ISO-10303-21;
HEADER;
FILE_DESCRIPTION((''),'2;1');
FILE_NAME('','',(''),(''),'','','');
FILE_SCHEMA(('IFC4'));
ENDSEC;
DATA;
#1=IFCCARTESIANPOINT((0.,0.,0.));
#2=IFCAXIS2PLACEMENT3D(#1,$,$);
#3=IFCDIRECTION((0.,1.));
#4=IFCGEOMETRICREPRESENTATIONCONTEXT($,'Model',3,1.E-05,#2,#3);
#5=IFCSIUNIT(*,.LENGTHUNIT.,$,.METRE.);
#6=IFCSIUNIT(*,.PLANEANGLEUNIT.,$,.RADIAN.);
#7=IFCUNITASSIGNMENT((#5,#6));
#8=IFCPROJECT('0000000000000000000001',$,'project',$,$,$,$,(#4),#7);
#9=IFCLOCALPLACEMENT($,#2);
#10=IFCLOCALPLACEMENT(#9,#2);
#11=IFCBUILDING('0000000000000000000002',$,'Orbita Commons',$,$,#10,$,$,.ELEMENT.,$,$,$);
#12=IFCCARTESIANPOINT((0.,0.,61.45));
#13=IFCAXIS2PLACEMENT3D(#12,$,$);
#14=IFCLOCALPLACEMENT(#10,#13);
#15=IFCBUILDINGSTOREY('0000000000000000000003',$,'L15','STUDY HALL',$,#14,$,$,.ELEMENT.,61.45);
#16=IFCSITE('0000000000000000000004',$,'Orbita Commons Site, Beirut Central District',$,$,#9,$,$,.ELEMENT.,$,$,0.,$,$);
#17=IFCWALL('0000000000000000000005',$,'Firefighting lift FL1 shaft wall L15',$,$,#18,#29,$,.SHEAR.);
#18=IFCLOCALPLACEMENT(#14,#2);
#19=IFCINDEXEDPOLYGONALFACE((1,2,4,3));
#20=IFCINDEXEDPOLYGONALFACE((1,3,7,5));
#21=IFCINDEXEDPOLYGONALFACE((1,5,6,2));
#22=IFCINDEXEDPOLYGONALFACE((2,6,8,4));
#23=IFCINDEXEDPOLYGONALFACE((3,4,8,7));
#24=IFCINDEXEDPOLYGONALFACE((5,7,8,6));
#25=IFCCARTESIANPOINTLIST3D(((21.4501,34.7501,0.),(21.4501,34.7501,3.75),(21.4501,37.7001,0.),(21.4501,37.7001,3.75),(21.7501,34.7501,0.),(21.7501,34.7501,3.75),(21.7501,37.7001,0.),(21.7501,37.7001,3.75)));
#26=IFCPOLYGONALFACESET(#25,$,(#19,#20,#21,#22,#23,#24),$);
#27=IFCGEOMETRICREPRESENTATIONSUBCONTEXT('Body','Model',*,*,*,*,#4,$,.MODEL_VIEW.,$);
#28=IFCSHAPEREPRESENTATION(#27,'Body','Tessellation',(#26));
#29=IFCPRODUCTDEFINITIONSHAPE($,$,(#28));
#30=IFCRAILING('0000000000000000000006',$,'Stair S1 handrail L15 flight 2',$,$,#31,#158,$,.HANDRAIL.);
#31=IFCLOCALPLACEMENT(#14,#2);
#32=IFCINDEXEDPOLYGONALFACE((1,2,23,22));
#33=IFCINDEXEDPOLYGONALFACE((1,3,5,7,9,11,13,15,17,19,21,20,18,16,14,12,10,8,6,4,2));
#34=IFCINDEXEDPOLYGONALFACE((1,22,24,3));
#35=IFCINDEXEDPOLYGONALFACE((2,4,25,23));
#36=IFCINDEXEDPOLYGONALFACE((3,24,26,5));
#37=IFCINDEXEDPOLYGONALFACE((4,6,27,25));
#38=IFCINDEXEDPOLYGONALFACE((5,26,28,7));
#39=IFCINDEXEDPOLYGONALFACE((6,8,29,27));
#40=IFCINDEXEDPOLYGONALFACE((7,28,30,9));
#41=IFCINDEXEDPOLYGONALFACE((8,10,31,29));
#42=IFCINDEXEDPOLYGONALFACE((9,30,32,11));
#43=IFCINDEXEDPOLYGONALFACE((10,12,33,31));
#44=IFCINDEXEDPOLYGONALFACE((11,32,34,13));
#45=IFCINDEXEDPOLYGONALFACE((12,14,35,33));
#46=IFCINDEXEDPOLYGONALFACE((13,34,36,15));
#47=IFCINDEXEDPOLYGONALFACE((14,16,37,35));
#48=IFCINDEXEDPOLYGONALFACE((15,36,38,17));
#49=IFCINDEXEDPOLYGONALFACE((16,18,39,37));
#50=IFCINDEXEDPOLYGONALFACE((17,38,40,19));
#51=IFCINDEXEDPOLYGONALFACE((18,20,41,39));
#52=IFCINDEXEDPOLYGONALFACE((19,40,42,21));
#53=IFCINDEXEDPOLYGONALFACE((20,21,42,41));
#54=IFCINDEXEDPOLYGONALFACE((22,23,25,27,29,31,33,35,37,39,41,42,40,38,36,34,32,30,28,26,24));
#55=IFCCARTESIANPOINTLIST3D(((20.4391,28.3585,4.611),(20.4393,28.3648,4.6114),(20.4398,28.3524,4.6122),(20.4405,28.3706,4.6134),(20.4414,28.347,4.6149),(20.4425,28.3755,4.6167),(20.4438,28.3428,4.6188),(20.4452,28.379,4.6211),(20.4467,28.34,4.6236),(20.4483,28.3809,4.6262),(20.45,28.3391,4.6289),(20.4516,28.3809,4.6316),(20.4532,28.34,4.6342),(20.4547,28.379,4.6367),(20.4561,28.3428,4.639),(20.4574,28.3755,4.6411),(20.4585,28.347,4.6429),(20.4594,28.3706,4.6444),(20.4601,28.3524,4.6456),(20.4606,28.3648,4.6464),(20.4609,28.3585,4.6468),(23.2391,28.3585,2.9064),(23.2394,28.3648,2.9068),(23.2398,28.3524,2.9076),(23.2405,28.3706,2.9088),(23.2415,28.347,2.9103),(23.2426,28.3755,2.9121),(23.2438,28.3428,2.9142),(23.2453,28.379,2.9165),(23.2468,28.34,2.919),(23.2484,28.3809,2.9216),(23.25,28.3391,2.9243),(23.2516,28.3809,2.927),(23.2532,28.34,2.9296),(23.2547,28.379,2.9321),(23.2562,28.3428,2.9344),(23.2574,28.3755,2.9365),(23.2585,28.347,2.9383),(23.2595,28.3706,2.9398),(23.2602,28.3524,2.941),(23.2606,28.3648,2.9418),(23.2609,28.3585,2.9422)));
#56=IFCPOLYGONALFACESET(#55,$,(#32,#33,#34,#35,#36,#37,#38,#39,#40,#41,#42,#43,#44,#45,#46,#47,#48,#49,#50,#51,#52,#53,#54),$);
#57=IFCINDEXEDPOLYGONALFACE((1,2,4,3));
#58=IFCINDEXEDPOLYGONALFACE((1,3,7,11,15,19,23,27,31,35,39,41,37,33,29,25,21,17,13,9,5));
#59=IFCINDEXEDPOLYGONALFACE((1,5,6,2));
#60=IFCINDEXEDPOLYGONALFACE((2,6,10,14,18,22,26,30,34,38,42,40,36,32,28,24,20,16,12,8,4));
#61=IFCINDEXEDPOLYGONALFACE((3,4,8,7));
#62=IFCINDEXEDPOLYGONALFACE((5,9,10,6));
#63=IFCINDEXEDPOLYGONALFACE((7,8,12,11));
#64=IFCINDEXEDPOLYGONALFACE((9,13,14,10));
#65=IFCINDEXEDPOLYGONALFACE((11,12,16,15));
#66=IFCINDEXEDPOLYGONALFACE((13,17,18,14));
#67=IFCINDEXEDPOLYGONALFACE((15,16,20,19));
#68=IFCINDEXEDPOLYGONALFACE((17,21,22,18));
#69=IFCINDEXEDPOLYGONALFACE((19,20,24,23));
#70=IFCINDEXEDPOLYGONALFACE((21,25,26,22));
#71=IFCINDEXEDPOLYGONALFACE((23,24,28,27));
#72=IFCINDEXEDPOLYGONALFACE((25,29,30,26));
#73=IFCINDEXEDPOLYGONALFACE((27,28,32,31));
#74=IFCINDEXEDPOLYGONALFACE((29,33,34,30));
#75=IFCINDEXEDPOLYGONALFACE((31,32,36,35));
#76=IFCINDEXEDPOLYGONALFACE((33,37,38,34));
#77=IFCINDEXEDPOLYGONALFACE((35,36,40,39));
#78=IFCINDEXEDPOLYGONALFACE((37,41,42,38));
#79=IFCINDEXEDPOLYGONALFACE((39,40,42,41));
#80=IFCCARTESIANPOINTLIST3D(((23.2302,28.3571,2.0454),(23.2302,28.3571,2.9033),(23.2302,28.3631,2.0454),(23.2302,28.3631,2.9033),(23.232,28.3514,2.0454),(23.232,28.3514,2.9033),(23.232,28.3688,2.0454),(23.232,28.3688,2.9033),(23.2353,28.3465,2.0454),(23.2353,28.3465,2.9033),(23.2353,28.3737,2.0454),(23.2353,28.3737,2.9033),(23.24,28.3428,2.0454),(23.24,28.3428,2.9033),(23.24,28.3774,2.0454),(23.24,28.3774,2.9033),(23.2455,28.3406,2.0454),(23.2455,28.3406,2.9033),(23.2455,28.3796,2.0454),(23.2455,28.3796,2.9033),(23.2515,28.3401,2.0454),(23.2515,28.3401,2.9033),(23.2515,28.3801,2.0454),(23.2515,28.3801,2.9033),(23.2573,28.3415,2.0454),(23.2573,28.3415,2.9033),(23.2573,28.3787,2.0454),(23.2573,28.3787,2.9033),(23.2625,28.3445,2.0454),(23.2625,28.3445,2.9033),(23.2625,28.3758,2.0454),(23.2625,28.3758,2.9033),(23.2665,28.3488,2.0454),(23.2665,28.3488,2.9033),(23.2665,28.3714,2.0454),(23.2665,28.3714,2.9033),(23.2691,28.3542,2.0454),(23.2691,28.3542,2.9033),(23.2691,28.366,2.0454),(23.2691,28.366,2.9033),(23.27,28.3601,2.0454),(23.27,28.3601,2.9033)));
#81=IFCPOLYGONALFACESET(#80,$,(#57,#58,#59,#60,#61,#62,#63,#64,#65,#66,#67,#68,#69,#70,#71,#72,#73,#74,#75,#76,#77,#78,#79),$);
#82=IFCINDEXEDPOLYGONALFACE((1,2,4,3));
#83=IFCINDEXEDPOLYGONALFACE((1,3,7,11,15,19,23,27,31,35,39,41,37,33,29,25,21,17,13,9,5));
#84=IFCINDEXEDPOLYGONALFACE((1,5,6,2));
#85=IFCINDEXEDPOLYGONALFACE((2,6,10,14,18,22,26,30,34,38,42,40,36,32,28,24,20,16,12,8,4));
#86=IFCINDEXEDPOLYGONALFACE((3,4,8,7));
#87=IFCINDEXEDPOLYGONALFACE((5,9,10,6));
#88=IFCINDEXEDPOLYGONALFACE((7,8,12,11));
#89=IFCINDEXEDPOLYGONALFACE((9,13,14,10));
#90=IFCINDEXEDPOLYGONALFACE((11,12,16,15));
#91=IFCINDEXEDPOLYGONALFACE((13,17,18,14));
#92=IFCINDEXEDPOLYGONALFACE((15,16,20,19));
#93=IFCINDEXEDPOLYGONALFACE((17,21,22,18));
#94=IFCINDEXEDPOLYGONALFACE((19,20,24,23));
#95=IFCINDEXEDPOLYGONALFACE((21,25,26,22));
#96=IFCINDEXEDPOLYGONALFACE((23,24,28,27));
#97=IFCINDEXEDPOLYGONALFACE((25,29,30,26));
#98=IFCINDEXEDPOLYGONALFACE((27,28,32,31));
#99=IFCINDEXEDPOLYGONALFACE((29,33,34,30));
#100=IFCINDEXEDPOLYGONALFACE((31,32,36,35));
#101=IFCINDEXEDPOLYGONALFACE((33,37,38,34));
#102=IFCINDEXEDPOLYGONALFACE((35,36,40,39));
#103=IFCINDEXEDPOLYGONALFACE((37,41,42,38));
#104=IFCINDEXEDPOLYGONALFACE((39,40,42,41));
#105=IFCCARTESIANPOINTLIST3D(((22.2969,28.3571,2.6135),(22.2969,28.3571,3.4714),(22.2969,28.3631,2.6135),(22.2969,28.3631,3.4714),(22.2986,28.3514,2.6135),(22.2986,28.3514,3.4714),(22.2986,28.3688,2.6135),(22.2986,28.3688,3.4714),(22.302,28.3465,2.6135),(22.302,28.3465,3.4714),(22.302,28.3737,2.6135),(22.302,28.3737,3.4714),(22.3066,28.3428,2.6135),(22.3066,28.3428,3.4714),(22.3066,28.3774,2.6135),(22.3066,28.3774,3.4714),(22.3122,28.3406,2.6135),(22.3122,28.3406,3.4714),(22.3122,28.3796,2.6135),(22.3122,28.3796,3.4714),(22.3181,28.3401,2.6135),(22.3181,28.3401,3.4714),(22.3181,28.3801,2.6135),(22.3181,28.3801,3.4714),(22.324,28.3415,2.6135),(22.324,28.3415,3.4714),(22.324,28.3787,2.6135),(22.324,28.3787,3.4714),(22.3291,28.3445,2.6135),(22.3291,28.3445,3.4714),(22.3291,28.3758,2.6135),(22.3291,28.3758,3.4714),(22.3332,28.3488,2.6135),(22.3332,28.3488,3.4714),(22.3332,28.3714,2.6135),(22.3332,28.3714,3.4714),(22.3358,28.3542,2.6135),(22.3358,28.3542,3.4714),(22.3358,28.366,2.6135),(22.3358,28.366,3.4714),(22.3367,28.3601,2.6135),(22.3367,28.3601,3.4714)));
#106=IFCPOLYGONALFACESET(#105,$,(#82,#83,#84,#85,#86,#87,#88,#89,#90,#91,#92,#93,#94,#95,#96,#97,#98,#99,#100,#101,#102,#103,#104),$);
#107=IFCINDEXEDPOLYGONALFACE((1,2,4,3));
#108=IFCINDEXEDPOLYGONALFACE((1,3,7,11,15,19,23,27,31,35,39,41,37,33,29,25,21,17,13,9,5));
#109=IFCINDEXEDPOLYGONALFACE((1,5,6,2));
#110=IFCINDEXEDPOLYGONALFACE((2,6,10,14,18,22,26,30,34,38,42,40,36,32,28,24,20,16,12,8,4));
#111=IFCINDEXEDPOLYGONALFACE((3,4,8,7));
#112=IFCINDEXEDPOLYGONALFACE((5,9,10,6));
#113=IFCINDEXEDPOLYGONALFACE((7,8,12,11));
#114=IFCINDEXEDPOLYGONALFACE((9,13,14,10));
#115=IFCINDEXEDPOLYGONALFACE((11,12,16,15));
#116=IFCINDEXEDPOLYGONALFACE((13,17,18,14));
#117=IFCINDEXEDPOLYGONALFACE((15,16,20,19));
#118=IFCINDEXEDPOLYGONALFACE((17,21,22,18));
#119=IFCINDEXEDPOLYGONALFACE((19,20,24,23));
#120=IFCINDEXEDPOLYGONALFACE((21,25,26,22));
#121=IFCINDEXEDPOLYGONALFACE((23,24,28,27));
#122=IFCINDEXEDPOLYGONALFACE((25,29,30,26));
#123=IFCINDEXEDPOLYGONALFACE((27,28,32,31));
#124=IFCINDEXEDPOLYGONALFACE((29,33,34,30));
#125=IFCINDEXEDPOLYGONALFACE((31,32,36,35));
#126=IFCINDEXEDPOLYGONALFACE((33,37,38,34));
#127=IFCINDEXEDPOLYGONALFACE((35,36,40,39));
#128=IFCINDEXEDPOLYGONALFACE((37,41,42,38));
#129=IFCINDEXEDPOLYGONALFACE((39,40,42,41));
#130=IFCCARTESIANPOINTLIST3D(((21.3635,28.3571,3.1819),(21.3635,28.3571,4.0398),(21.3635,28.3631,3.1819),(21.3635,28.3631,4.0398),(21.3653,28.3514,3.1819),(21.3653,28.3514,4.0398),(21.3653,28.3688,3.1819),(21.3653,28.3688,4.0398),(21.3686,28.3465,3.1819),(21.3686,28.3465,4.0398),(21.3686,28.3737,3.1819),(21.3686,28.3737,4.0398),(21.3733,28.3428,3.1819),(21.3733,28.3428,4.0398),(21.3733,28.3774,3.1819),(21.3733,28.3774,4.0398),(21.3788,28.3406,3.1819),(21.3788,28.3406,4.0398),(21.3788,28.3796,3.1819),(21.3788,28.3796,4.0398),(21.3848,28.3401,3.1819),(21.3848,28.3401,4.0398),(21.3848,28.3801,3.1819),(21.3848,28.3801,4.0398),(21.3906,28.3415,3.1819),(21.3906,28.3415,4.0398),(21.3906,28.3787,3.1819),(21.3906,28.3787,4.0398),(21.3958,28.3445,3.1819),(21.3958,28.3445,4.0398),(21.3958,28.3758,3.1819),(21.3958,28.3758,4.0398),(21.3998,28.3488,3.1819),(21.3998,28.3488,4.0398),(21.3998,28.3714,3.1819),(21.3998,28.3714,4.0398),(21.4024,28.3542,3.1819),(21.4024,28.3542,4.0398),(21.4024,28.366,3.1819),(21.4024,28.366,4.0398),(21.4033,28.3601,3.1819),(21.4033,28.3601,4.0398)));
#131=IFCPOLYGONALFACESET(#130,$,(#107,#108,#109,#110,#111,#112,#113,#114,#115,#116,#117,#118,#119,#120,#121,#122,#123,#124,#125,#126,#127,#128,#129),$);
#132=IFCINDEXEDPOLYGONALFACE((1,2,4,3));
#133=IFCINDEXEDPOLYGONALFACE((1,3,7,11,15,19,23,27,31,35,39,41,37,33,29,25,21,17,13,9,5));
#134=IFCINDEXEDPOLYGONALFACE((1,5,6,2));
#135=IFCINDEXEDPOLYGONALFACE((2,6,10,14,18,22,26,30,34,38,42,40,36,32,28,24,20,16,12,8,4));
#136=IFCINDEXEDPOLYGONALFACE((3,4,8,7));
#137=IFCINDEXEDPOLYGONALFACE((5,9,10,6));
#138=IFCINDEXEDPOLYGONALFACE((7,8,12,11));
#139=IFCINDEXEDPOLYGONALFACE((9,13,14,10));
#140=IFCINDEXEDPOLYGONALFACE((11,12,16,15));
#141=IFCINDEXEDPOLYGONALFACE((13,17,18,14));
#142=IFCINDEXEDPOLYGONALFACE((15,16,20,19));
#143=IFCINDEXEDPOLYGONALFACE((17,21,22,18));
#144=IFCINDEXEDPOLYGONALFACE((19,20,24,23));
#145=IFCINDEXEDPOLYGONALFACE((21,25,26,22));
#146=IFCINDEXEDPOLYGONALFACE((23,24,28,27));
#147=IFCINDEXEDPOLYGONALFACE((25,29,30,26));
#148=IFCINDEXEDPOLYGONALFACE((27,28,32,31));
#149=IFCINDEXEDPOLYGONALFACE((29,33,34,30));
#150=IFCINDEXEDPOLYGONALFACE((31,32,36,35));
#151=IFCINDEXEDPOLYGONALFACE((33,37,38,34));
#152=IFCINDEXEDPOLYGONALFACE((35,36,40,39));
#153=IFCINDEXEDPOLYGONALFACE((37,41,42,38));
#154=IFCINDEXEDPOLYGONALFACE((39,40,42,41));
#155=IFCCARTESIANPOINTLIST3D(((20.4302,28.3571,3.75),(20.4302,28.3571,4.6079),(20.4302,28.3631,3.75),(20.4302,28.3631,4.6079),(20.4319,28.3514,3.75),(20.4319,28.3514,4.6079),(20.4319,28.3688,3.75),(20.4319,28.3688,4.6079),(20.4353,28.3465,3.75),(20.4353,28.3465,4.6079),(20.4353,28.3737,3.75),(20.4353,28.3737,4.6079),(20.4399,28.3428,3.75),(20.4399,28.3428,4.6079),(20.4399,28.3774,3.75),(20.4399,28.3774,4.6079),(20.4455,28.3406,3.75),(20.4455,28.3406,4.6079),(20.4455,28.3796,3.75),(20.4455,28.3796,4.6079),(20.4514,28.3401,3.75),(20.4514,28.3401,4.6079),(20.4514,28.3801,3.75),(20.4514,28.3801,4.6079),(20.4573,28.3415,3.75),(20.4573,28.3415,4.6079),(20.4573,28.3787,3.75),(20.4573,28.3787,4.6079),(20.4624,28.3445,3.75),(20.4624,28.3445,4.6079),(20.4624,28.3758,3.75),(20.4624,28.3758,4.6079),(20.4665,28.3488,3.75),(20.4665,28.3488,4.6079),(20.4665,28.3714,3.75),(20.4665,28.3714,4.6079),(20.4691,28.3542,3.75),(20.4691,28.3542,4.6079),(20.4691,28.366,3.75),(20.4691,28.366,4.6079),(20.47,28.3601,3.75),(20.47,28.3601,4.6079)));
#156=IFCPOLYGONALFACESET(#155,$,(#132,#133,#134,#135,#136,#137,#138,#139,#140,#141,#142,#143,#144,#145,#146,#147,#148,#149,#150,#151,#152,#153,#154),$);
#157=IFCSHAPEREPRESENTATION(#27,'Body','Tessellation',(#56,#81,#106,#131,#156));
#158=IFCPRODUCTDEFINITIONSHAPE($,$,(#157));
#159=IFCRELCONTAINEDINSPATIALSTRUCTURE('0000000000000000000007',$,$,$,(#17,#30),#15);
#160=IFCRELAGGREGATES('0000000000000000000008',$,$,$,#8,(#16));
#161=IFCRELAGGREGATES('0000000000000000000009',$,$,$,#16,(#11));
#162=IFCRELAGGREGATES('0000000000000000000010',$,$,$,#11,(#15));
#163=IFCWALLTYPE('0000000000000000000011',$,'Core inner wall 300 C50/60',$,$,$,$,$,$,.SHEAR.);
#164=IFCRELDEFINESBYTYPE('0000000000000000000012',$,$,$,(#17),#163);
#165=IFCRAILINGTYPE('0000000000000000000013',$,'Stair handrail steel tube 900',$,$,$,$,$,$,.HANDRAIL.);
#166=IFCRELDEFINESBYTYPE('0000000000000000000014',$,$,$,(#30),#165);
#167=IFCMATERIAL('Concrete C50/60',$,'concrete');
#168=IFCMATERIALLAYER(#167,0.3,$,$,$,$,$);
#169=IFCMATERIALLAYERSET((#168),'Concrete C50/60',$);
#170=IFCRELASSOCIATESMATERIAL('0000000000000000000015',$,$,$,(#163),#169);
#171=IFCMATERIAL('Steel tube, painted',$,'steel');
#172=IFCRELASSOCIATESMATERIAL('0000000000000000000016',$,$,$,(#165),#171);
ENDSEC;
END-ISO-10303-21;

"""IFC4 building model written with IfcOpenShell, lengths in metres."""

from ifc_helpers import new_model, si_unit, direction, frame, frame_2d, origin, origin_2d, place, context, subcontext, project, spatial, rectangle, circle, extrude, material, layer, layer_set, type_object, element, save


model = new_model("IFC4")

# Units and contexts
model_context = context("Model", 3, precision=1e-05, world=origin(), true_north=direction((0.0, 1.0)))
body_context = subcontext(model_context, "Body", "Model", "MODEL_VIEW")
ifc_project = project(units=[si_unit("LENGTHUNIT", "METRE"), si_unit("PLANEANGLEUNIT", "RADIAN")], contexts=[model_context])

# Site, building, storey
site_placement = place(None, origin())
site = spatial("IfcSite", under=ifc_project, at=site_placement, Name="Orbita Commons Site, Beirut Central District", CompositionType="ELEMENT", RefElevation=0.0)
building_placement = place(site_placement, origin())
building = spatial("IfcBuilding", under=site, at=building_placement, Name="Orbita Commons", CompositionType="ELEMENT")
storey_placement = place(building_placement, frame((0.0, 0.0, 61.45)))
storey = spatial("IfcBuildingStorey", under=building, at=storey_placement, Name="L15", Description="STUDY HALL", CompositionType="ELEMENT", Elevation=61.45)

# Shared definitions
ifc_material_1 = material(Name="Concrete C50/60", Category="concrete")
ifc_layer = layer(ifc_material_1, 0.3)
ifc_layer_set = layer_set([ifc_layer], Name="Concrete C50/60")
wall_type = type_object("IfcWallType", Name="Core inner wall 300 C50/60", PredefinedType="SHEAR", material=ifc_layer_set)

# Wall
wall_1_placement = place(storey_placement, frame((21.6001, 34.75, 0.0), z_axis=(0.0, 0.0, 1.0), x_axis=(0.0, 1.0, 0.0)))
element("IfcWall", 1, at=wall_1_placement, inside=storey, type_object=wall_type, Name="Firefighting lift FL1 shaft wall L15", PredefinedType="SHEAR", context=body_context, shape_type="SweptSolid", body=[
    extrude(rectangle(XDim=2.95, YDim=0.3, at=frame_2d((1.4751, 0.0))), origin(), (0.0, 0.0, 1.0), 3.75),
])

# Railing
ifc_material_2 = material(Name="Steel tube, painted", Category="steel")
railing_type = type_object("IfcRailingType", Name="Stair handrail steel tube 900", PredefinedType="HANDRAIL", material=ifc_material_2)
for number, where, name in (
    (2, (23.25, 28.3601, 2.0454), "Stair S1 handrail L15 flight 2"),
):
    element("IfcRailing", number, at=place(storey_placement, frame(where)), inside=storey, type_object=railing_type, Name=name, PredefinedType="HANDRAIL", context=body_context, shape_type="SweptSolid", body=[
        extrude(circle(Radius=0.021, at=origin_2d()), frame((0.0, 0.0, 0.8789), z_axis=(-0.85417, 0.0, 0.519994), x_axis=(0.0, -1.0, 0.0)), (0.0, 0.0, 1.0), 3.2781),
        extrude(circle(Radius=0.02, at=origin_2d()), origin(), (0.0, 0.0, 1.0), 0.8579),
        extrude(circle(Radius=0.02, at=origin_2d()), frame((-0.9333, 0.0, 0.5681)), (0.0, 0.0, 1.0), 0.8579),
        extrude(circle(Radius=0.02, at=origin_2d()), frame((-1.8667, 0.0, 1.1365)), (0.0, 0.0, 1.0), 0.8579),
        extrude(circle(Radius=0.02, at=origin_2d()), frame((-2.8, 0.0, 1.7046)), (0.0, 0.0, 1.0), 0.8579),
    ])

save(model, "model.ifc")
